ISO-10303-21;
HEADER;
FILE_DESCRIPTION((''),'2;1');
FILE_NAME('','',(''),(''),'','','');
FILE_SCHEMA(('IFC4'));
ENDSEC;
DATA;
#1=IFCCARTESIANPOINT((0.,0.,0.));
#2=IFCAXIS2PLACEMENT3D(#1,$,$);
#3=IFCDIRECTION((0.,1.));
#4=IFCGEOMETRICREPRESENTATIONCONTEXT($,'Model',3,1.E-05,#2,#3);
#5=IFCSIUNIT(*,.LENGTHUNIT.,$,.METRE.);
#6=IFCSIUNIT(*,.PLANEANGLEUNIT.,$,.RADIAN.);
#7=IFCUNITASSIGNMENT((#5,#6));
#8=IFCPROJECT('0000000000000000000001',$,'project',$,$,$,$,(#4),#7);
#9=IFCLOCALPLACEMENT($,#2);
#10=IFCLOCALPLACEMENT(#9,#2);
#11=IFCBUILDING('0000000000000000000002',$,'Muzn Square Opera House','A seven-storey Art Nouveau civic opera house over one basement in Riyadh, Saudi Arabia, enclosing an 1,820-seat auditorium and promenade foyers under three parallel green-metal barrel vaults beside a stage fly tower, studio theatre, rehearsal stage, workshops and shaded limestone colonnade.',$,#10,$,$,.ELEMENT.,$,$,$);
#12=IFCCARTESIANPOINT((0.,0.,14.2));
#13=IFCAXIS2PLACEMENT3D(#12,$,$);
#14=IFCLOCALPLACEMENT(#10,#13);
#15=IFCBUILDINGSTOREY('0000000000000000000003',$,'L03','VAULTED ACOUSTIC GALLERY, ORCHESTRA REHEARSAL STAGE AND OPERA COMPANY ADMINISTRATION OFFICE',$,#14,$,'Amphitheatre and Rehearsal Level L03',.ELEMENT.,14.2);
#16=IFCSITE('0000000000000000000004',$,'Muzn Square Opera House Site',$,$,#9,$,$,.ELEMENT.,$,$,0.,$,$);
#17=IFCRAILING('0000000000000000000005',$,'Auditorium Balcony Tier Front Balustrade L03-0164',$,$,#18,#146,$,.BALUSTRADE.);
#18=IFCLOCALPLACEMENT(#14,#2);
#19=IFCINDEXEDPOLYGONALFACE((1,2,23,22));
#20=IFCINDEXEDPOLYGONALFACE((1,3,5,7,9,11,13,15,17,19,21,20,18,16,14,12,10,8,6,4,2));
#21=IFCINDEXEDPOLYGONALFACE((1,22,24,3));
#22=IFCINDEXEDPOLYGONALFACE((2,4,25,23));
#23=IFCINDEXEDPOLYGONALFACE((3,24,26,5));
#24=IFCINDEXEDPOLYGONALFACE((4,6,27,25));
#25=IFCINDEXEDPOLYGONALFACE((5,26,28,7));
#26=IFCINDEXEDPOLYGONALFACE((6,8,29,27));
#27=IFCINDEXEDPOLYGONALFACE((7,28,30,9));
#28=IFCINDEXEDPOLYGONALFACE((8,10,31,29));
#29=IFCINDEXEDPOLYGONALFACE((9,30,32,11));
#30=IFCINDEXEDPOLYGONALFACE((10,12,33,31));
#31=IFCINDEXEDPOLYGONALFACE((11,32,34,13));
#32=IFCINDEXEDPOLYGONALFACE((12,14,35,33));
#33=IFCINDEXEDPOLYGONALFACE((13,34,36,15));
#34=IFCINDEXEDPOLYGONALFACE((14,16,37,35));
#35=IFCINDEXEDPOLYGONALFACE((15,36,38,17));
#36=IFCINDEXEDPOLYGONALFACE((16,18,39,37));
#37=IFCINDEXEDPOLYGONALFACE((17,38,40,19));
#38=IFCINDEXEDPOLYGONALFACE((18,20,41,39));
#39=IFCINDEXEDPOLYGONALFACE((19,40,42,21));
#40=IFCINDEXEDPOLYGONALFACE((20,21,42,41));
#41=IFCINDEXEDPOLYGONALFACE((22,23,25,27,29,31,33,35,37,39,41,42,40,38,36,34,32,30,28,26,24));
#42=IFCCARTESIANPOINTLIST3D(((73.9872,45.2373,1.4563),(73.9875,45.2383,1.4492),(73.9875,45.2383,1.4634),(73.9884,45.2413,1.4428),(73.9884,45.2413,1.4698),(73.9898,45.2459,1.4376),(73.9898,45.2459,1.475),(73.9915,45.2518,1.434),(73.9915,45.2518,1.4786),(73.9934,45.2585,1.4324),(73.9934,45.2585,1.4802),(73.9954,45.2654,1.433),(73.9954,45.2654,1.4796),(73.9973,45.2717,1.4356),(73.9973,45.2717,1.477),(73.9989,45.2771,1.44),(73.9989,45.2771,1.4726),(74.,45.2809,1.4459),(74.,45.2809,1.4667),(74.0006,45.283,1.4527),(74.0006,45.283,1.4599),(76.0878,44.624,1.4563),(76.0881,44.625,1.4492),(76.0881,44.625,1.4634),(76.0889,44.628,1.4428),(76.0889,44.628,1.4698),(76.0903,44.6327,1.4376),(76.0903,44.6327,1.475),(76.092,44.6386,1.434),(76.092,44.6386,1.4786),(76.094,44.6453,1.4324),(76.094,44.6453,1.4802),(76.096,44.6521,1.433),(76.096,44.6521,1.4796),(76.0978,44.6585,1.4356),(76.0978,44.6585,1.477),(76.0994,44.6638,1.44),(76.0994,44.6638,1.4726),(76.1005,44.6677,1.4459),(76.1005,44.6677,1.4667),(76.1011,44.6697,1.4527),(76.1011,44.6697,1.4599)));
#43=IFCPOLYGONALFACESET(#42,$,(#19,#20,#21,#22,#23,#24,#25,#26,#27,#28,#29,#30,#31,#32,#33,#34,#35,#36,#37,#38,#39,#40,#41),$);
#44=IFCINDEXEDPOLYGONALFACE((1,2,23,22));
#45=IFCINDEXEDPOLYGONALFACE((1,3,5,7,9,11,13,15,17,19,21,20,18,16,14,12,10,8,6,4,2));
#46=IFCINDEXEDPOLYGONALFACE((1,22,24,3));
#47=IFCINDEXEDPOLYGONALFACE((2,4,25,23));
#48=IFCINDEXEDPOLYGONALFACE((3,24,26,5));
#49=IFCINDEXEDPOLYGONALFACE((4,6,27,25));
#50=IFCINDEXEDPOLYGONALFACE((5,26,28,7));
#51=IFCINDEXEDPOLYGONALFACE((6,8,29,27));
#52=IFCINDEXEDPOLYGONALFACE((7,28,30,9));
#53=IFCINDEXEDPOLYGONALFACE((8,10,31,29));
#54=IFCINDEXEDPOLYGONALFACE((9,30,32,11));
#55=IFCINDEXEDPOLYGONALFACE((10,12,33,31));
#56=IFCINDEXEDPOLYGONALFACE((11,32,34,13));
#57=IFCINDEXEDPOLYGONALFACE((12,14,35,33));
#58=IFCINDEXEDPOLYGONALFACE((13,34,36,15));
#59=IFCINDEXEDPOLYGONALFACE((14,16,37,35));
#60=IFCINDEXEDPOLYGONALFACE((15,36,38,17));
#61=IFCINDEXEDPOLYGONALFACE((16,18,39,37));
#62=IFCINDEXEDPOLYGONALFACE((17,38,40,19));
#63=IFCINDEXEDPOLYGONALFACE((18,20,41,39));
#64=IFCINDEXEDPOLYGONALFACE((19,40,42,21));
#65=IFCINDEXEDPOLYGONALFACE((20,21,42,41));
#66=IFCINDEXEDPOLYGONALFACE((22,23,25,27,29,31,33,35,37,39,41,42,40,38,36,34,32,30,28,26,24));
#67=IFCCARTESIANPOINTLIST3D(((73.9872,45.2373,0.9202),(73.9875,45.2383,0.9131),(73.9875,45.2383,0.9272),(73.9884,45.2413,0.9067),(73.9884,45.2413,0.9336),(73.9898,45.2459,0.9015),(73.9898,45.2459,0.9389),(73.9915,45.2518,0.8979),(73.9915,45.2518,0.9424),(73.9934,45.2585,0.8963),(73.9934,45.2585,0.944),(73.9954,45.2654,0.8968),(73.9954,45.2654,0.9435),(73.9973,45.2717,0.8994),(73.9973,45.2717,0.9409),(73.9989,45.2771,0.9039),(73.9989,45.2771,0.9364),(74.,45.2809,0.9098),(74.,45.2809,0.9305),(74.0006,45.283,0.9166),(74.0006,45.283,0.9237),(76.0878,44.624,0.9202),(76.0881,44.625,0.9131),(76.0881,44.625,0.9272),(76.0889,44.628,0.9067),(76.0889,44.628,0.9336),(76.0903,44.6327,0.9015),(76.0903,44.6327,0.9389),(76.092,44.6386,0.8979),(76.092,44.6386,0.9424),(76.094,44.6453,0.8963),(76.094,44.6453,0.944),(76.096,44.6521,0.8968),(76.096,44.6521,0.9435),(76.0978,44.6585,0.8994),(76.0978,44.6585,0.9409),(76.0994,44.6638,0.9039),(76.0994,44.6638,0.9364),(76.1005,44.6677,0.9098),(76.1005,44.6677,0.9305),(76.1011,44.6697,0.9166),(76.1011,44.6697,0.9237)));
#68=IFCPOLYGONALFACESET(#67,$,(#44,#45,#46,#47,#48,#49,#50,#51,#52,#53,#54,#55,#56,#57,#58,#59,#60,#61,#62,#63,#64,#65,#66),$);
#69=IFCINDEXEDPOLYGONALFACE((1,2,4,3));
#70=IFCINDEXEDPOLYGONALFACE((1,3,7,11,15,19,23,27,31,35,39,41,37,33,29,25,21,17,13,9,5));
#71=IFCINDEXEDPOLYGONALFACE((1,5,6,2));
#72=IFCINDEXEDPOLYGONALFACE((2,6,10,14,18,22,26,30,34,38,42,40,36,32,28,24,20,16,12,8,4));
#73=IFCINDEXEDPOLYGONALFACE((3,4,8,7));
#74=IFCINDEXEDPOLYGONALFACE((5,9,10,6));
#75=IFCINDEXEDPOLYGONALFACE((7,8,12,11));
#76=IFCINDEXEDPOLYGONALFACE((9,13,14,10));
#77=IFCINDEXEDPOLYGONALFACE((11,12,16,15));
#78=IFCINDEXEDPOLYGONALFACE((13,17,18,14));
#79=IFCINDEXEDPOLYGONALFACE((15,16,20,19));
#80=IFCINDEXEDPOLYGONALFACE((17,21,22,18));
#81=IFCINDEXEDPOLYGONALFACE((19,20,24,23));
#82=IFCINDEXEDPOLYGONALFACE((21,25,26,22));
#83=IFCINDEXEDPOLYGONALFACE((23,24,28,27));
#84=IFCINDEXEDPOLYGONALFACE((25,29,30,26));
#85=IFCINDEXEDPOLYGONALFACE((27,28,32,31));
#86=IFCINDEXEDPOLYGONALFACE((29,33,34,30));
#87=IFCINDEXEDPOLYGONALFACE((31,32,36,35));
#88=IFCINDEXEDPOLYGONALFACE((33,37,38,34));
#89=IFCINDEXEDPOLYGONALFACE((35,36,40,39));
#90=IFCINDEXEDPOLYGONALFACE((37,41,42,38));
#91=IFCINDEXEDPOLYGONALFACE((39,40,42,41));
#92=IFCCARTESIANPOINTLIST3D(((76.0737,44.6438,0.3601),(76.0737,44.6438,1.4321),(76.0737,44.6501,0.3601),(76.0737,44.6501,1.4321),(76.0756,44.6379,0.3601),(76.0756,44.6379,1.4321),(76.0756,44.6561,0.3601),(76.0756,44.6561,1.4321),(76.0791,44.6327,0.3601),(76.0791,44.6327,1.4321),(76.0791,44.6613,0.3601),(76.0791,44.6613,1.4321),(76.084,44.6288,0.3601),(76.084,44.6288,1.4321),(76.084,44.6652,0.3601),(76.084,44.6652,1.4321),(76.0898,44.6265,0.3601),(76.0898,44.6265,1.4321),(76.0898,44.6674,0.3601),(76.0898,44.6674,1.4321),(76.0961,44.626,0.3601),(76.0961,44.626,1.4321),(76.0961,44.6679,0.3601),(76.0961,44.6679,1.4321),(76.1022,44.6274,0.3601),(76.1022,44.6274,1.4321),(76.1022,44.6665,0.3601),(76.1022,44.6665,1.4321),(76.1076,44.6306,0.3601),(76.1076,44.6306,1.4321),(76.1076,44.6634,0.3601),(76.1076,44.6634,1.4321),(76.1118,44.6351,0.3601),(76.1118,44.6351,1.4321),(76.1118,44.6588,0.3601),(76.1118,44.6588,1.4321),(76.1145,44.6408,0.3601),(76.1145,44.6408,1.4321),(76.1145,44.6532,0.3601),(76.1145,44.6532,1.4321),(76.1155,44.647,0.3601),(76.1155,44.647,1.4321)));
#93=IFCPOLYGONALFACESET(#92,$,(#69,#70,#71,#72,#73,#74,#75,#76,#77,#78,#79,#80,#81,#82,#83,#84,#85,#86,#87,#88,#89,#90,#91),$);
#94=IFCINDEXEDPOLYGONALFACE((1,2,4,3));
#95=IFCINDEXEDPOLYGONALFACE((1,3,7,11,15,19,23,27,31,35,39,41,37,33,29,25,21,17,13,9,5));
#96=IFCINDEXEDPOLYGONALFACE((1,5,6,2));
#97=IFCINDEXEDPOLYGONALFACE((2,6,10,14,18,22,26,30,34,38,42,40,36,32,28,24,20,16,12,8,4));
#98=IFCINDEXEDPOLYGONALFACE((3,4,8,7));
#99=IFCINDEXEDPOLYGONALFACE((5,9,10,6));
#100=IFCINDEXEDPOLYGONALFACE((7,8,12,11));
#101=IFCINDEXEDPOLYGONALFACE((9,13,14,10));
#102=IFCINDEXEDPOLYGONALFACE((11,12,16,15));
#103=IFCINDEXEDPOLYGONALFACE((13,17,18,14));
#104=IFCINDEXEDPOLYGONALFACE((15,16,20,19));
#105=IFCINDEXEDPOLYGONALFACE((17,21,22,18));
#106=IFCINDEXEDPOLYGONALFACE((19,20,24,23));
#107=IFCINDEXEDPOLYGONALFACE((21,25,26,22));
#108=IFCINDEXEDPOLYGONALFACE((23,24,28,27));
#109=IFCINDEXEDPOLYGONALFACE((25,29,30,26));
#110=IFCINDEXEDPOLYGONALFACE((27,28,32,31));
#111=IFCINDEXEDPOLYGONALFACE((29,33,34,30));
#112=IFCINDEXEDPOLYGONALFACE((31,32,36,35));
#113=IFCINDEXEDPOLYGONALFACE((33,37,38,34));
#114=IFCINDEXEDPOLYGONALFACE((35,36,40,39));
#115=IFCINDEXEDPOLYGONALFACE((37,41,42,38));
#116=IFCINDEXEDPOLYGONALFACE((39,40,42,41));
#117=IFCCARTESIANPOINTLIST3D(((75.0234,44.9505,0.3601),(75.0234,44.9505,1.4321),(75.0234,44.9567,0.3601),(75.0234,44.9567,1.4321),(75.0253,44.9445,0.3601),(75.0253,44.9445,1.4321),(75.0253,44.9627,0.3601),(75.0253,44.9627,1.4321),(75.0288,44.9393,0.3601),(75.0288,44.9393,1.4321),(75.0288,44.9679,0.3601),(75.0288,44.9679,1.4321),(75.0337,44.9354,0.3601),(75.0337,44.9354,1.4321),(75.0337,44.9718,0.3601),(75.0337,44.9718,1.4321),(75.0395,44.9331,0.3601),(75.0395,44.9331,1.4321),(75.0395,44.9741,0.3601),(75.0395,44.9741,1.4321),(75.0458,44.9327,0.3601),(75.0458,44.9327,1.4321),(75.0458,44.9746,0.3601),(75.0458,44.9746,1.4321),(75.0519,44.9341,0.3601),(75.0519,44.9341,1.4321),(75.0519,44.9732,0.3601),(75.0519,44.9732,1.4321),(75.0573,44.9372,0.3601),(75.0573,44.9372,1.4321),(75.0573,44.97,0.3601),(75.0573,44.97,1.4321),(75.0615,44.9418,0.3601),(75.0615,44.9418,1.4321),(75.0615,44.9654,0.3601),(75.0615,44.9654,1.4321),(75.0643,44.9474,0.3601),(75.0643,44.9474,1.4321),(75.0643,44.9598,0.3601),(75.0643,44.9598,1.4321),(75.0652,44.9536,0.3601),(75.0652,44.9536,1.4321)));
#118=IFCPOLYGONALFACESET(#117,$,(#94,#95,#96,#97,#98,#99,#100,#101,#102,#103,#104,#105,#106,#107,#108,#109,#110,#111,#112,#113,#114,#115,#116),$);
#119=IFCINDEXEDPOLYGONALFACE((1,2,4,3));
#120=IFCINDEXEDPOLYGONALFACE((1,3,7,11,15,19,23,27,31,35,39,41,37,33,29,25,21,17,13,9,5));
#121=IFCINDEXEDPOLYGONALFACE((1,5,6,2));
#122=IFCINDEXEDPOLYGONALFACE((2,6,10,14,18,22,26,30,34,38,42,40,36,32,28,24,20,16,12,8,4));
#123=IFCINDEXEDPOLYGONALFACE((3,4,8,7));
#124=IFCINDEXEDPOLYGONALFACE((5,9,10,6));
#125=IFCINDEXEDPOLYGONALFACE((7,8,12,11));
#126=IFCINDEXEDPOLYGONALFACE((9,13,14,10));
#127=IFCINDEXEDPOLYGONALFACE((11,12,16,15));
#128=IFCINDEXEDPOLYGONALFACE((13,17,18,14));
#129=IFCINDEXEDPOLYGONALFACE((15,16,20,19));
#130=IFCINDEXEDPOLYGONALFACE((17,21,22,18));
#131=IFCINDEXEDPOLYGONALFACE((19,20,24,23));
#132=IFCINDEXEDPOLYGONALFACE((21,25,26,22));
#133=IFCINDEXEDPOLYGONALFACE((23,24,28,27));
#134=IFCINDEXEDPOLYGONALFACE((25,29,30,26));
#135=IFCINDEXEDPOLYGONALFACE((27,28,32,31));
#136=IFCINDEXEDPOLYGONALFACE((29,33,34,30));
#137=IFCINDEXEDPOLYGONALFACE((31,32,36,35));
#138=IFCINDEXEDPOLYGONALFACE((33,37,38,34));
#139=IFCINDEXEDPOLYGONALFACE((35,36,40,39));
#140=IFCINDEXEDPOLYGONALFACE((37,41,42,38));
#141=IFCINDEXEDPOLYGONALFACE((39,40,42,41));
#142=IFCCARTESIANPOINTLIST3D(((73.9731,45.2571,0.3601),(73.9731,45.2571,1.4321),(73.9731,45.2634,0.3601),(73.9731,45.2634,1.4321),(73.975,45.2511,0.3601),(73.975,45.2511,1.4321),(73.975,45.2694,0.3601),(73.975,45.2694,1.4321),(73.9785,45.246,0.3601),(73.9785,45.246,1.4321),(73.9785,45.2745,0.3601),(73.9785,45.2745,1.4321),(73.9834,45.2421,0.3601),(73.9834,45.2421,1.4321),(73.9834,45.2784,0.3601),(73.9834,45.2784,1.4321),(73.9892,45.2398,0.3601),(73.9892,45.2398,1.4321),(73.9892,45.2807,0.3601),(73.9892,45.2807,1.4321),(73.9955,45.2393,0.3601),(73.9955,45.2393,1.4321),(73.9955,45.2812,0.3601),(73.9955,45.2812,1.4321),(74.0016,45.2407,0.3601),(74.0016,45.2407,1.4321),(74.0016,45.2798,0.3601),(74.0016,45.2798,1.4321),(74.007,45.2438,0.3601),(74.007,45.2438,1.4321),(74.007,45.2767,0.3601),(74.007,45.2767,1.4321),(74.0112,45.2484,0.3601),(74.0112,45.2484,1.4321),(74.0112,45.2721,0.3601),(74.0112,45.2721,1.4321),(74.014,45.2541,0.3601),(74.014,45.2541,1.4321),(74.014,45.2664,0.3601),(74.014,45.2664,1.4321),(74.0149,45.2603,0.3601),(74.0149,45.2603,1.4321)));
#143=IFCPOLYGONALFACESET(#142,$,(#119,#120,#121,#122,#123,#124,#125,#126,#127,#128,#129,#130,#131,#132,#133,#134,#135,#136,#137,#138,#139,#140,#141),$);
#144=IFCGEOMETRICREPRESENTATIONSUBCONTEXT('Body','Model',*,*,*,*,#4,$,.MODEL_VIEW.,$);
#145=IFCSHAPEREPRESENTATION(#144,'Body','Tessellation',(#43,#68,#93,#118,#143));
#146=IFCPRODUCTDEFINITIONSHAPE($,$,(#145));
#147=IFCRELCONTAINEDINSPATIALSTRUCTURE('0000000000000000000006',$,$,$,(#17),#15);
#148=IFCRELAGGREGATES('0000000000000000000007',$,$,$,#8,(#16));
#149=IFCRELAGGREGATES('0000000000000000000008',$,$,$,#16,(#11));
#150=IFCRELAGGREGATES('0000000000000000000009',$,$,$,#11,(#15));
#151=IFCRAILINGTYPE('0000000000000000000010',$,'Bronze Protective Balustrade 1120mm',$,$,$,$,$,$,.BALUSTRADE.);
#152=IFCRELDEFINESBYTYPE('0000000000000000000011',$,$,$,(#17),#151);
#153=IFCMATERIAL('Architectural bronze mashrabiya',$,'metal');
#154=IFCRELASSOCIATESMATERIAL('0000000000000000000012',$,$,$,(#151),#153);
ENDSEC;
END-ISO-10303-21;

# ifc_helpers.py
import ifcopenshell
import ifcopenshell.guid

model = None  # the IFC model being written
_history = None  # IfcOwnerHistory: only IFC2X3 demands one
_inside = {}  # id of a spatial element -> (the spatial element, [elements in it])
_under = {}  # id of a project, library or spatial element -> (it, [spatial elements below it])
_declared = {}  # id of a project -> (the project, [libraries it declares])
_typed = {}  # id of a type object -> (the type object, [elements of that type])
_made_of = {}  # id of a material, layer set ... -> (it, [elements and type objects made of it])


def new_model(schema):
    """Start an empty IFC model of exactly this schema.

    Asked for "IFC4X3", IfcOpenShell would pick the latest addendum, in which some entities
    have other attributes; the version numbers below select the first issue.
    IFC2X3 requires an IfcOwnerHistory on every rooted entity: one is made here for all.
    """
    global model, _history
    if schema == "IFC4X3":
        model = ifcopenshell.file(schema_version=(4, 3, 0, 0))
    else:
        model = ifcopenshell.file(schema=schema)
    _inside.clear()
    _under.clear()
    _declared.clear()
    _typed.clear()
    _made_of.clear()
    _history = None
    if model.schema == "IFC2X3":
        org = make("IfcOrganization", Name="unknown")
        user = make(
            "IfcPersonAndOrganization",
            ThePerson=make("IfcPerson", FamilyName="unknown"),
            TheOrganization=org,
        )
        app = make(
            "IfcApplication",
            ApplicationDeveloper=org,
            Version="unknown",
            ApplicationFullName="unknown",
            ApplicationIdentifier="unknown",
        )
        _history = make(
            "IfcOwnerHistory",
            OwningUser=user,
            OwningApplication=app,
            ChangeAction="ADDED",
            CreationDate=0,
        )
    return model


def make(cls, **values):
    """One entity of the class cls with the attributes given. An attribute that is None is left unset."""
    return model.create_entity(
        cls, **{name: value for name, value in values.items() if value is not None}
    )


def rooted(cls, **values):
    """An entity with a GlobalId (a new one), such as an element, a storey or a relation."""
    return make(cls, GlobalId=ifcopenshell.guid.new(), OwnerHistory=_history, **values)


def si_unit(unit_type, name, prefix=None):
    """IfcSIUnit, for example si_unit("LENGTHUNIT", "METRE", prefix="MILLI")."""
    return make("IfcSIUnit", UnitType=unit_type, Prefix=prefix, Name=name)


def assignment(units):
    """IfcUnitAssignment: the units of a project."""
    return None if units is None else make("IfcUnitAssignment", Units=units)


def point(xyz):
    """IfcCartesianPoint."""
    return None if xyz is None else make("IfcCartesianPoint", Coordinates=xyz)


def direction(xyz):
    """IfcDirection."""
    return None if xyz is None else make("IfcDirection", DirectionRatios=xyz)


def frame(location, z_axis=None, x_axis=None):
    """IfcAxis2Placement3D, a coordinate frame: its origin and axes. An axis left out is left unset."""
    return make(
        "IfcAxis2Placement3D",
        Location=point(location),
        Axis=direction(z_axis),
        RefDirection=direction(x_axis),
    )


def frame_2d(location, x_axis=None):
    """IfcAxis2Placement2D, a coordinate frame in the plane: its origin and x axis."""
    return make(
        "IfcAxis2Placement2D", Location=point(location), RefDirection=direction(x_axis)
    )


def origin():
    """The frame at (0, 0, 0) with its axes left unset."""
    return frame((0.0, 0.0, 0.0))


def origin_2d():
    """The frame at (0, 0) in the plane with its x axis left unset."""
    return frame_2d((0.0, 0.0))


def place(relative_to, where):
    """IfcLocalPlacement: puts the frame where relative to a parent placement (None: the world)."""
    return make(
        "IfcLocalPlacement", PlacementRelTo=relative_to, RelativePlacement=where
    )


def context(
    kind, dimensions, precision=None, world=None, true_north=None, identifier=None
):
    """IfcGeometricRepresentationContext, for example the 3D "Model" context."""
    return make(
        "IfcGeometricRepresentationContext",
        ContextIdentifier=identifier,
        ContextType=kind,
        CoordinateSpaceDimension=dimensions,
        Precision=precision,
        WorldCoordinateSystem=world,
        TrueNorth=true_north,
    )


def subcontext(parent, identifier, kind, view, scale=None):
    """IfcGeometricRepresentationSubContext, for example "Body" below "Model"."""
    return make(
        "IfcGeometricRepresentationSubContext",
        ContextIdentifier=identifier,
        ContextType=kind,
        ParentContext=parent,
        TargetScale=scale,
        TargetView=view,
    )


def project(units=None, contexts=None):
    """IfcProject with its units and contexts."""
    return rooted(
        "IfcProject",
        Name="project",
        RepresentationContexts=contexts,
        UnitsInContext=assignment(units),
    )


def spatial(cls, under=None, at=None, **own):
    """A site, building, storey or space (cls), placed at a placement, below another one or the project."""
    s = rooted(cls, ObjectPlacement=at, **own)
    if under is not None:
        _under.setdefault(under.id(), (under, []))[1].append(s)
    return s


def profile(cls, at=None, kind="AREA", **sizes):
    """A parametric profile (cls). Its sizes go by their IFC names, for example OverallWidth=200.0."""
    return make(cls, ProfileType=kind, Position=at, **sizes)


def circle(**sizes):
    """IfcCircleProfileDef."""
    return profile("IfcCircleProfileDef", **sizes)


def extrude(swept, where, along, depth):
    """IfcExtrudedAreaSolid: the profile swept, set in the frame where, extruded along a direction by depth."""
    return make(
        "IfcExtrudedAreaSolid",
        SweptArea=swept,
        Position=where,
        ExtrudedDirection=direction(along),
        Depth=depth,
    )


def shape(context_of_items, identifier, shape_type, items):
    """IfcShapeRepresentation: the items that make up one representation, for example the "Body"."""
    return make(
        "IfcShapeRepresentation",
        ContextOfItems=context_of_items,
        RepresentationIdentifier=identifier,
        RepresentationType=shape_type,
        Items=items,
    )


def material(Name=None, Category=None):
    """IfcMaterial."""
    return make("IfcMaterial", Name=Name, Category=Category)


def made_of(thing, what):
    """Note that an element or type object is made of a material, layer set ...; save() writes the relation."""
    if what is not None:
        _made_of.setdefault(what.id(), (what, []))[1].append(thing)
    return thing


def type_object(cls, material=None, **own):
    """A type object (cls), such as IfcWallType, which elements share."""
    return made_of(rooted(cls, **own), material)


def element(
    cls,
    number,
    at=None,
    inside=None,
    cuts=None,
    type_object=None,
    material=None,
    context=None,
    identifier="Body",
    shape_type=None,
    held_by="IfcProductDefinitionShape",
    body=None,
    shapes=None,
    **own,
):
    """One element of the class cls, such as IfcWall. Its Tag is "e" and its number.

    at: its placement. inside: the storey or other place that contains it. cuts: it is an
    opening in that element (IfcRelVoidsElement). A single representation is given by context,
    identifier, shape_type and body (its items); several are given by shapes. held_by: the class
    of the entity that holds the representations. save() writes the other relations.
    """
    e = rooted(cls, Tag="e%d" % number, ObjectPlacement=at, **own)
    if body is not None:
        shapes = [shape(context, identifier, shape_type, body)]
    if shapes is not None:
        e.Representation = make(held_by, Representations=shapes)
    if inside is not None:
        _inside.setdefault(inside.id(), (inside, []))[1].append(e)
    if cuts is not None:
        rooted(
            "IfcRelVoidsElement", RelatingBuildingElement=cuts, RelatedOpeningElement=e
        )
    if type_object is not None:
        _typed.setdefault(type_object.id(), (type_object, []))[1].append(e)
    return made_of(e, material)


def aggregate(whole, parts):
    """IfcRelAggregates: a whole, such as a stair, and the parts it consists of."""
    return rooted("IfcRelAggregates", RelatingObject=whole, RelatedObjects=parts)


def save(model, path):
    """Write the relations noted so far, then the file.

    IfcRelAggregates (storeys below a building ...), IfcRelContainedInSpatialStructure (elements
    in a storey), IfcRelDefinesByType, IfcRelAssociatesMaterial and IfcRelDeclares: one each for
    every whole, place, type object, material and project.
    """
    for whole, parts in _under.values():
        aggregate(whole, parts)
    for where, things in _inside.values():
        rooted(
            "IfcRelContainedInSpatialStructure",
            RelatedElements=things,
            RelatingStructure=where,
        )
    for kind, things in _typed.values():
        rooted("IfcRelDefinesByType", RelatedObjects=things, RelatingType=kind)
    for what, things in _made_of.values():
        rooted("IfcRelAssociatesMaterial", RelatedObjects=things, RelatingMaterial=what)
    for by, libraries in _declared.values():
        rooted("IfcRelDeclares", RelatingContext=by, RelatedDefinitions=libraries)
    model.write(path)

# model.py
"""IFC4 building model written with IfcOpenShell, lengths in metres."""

from ifc_helpers import new_model, si_unit, direction, frame, origin, origin_2d, place, context, subcontext, project, spatial, circle, extrude, material, type_object, element, save


model = new_model("IFC4")

# Units and contexts
model_context = context("Model", 3, precision=1e-05, world=origin(), true_north=direction((0.0, 1.0)))
body_context = subcontext(model_context, "Body", "Model", "MODEL_VIEW")
ifc_project = project(units=[si_unit("LENGTHUNIT", "METRE"), si_unit("PLANEANGLEUNIT", "RADIAN")], contexts=[model_context])

# Site, building, storey
site_placement = place(None, origin())
site = spatial("IfcSite", under=ifc_project, at=site_placement, Name="Muzn Square Opera House Site", CompositionType="ELEMENT", RefElevation=0.0)
building_placement = place(site_placement, origin())
building = spatial("IfcBuilding", under=site, at=building_placement, Name="Muzn Square Opera House", Description="A seven-storey Art Nouveau civic opera house over one basement in Riyadh, Saudi Arabia, enclosing an 1,820-seat auditorium and promenade foyers under three parallel green-metal barrel vaults beside a stage fly tower, studio theatre, rehearsal stage, workshops and shaded limestone colonnade.", CompositionType="ELEMENT")
storey_placement = place(building_placement, frame((0.0, 0.0, 14.2)))
storey = spatial("IfcBuildingStorey", under=building, at=storey_placement, Name="L03", Description="VAULTED ACOUSTIC GALLERY, ORCHESTRA REHEARSAL STAGE AND OPERA COMPANY ADMINISTRATION OFFICE", LongName="Amphitheatre and Rehearsal Level L03", CompositionType="ELEMENT", Elevation=14.2)

# Railing
ifc_material_1 = material(Name="Architectural bronze mashrabiya", Category="metal")
railing_type = type_object("IfcRailingType", Name="Bronze Protective Balustrade 1120mm", PredefinedType="BALUSTRADE", material=ifc_material_1)
railing_1_placement = place(storey_placement, frame((76.0945, 44.647, 0.3601)))
element("IfcRailing", 1, at=railing_1_placement, inside=storey, type_object=railing_type, Name="Auditorium Balcony Tier Front Balustrade L03-0164", PredefinedType="BALUSTRADE", context=body_context, shape_type="SweptSolid", body=[
    extrude(circle(Radius=0.0239, at=origin_2d()), frame((0.0, 0.0, 1.0962), z_axis=(-0.959925, 0.280257, 0.0), x_axis=(-0.280257, -0.959925, 0.0)), (0.0, 0.0, 1.0), 2.1882),
    extrude(circle(Radius=0.0239, at=origin_2d()), frame((0.0, 0.0, 0.5601), z_axis=(-0.959925, 0.280257, 0.0), x_axis=(-0.280257, -0.959925, 0.0)), (0.0, 0.0, 1.0), 2.1882),
    extrude(circle(Radius=0.021, at=origin_2d()), origin(), (0.0, 0.0, 1.0), 1.072),
    extrude(circle(Radius=0.021, at=origin_2d()), frame((-1.0503, 0.3066, 0.0)), (0.0, 0.0, 1.0), 1.072),
    extrude(circle(Radius=0.021, at=origin_2d()), frame((-2.1006, 0.6133, 0.0)), (0.0, 0.0, 1.0), 1.072),
])

save(model, "model.ifc")
